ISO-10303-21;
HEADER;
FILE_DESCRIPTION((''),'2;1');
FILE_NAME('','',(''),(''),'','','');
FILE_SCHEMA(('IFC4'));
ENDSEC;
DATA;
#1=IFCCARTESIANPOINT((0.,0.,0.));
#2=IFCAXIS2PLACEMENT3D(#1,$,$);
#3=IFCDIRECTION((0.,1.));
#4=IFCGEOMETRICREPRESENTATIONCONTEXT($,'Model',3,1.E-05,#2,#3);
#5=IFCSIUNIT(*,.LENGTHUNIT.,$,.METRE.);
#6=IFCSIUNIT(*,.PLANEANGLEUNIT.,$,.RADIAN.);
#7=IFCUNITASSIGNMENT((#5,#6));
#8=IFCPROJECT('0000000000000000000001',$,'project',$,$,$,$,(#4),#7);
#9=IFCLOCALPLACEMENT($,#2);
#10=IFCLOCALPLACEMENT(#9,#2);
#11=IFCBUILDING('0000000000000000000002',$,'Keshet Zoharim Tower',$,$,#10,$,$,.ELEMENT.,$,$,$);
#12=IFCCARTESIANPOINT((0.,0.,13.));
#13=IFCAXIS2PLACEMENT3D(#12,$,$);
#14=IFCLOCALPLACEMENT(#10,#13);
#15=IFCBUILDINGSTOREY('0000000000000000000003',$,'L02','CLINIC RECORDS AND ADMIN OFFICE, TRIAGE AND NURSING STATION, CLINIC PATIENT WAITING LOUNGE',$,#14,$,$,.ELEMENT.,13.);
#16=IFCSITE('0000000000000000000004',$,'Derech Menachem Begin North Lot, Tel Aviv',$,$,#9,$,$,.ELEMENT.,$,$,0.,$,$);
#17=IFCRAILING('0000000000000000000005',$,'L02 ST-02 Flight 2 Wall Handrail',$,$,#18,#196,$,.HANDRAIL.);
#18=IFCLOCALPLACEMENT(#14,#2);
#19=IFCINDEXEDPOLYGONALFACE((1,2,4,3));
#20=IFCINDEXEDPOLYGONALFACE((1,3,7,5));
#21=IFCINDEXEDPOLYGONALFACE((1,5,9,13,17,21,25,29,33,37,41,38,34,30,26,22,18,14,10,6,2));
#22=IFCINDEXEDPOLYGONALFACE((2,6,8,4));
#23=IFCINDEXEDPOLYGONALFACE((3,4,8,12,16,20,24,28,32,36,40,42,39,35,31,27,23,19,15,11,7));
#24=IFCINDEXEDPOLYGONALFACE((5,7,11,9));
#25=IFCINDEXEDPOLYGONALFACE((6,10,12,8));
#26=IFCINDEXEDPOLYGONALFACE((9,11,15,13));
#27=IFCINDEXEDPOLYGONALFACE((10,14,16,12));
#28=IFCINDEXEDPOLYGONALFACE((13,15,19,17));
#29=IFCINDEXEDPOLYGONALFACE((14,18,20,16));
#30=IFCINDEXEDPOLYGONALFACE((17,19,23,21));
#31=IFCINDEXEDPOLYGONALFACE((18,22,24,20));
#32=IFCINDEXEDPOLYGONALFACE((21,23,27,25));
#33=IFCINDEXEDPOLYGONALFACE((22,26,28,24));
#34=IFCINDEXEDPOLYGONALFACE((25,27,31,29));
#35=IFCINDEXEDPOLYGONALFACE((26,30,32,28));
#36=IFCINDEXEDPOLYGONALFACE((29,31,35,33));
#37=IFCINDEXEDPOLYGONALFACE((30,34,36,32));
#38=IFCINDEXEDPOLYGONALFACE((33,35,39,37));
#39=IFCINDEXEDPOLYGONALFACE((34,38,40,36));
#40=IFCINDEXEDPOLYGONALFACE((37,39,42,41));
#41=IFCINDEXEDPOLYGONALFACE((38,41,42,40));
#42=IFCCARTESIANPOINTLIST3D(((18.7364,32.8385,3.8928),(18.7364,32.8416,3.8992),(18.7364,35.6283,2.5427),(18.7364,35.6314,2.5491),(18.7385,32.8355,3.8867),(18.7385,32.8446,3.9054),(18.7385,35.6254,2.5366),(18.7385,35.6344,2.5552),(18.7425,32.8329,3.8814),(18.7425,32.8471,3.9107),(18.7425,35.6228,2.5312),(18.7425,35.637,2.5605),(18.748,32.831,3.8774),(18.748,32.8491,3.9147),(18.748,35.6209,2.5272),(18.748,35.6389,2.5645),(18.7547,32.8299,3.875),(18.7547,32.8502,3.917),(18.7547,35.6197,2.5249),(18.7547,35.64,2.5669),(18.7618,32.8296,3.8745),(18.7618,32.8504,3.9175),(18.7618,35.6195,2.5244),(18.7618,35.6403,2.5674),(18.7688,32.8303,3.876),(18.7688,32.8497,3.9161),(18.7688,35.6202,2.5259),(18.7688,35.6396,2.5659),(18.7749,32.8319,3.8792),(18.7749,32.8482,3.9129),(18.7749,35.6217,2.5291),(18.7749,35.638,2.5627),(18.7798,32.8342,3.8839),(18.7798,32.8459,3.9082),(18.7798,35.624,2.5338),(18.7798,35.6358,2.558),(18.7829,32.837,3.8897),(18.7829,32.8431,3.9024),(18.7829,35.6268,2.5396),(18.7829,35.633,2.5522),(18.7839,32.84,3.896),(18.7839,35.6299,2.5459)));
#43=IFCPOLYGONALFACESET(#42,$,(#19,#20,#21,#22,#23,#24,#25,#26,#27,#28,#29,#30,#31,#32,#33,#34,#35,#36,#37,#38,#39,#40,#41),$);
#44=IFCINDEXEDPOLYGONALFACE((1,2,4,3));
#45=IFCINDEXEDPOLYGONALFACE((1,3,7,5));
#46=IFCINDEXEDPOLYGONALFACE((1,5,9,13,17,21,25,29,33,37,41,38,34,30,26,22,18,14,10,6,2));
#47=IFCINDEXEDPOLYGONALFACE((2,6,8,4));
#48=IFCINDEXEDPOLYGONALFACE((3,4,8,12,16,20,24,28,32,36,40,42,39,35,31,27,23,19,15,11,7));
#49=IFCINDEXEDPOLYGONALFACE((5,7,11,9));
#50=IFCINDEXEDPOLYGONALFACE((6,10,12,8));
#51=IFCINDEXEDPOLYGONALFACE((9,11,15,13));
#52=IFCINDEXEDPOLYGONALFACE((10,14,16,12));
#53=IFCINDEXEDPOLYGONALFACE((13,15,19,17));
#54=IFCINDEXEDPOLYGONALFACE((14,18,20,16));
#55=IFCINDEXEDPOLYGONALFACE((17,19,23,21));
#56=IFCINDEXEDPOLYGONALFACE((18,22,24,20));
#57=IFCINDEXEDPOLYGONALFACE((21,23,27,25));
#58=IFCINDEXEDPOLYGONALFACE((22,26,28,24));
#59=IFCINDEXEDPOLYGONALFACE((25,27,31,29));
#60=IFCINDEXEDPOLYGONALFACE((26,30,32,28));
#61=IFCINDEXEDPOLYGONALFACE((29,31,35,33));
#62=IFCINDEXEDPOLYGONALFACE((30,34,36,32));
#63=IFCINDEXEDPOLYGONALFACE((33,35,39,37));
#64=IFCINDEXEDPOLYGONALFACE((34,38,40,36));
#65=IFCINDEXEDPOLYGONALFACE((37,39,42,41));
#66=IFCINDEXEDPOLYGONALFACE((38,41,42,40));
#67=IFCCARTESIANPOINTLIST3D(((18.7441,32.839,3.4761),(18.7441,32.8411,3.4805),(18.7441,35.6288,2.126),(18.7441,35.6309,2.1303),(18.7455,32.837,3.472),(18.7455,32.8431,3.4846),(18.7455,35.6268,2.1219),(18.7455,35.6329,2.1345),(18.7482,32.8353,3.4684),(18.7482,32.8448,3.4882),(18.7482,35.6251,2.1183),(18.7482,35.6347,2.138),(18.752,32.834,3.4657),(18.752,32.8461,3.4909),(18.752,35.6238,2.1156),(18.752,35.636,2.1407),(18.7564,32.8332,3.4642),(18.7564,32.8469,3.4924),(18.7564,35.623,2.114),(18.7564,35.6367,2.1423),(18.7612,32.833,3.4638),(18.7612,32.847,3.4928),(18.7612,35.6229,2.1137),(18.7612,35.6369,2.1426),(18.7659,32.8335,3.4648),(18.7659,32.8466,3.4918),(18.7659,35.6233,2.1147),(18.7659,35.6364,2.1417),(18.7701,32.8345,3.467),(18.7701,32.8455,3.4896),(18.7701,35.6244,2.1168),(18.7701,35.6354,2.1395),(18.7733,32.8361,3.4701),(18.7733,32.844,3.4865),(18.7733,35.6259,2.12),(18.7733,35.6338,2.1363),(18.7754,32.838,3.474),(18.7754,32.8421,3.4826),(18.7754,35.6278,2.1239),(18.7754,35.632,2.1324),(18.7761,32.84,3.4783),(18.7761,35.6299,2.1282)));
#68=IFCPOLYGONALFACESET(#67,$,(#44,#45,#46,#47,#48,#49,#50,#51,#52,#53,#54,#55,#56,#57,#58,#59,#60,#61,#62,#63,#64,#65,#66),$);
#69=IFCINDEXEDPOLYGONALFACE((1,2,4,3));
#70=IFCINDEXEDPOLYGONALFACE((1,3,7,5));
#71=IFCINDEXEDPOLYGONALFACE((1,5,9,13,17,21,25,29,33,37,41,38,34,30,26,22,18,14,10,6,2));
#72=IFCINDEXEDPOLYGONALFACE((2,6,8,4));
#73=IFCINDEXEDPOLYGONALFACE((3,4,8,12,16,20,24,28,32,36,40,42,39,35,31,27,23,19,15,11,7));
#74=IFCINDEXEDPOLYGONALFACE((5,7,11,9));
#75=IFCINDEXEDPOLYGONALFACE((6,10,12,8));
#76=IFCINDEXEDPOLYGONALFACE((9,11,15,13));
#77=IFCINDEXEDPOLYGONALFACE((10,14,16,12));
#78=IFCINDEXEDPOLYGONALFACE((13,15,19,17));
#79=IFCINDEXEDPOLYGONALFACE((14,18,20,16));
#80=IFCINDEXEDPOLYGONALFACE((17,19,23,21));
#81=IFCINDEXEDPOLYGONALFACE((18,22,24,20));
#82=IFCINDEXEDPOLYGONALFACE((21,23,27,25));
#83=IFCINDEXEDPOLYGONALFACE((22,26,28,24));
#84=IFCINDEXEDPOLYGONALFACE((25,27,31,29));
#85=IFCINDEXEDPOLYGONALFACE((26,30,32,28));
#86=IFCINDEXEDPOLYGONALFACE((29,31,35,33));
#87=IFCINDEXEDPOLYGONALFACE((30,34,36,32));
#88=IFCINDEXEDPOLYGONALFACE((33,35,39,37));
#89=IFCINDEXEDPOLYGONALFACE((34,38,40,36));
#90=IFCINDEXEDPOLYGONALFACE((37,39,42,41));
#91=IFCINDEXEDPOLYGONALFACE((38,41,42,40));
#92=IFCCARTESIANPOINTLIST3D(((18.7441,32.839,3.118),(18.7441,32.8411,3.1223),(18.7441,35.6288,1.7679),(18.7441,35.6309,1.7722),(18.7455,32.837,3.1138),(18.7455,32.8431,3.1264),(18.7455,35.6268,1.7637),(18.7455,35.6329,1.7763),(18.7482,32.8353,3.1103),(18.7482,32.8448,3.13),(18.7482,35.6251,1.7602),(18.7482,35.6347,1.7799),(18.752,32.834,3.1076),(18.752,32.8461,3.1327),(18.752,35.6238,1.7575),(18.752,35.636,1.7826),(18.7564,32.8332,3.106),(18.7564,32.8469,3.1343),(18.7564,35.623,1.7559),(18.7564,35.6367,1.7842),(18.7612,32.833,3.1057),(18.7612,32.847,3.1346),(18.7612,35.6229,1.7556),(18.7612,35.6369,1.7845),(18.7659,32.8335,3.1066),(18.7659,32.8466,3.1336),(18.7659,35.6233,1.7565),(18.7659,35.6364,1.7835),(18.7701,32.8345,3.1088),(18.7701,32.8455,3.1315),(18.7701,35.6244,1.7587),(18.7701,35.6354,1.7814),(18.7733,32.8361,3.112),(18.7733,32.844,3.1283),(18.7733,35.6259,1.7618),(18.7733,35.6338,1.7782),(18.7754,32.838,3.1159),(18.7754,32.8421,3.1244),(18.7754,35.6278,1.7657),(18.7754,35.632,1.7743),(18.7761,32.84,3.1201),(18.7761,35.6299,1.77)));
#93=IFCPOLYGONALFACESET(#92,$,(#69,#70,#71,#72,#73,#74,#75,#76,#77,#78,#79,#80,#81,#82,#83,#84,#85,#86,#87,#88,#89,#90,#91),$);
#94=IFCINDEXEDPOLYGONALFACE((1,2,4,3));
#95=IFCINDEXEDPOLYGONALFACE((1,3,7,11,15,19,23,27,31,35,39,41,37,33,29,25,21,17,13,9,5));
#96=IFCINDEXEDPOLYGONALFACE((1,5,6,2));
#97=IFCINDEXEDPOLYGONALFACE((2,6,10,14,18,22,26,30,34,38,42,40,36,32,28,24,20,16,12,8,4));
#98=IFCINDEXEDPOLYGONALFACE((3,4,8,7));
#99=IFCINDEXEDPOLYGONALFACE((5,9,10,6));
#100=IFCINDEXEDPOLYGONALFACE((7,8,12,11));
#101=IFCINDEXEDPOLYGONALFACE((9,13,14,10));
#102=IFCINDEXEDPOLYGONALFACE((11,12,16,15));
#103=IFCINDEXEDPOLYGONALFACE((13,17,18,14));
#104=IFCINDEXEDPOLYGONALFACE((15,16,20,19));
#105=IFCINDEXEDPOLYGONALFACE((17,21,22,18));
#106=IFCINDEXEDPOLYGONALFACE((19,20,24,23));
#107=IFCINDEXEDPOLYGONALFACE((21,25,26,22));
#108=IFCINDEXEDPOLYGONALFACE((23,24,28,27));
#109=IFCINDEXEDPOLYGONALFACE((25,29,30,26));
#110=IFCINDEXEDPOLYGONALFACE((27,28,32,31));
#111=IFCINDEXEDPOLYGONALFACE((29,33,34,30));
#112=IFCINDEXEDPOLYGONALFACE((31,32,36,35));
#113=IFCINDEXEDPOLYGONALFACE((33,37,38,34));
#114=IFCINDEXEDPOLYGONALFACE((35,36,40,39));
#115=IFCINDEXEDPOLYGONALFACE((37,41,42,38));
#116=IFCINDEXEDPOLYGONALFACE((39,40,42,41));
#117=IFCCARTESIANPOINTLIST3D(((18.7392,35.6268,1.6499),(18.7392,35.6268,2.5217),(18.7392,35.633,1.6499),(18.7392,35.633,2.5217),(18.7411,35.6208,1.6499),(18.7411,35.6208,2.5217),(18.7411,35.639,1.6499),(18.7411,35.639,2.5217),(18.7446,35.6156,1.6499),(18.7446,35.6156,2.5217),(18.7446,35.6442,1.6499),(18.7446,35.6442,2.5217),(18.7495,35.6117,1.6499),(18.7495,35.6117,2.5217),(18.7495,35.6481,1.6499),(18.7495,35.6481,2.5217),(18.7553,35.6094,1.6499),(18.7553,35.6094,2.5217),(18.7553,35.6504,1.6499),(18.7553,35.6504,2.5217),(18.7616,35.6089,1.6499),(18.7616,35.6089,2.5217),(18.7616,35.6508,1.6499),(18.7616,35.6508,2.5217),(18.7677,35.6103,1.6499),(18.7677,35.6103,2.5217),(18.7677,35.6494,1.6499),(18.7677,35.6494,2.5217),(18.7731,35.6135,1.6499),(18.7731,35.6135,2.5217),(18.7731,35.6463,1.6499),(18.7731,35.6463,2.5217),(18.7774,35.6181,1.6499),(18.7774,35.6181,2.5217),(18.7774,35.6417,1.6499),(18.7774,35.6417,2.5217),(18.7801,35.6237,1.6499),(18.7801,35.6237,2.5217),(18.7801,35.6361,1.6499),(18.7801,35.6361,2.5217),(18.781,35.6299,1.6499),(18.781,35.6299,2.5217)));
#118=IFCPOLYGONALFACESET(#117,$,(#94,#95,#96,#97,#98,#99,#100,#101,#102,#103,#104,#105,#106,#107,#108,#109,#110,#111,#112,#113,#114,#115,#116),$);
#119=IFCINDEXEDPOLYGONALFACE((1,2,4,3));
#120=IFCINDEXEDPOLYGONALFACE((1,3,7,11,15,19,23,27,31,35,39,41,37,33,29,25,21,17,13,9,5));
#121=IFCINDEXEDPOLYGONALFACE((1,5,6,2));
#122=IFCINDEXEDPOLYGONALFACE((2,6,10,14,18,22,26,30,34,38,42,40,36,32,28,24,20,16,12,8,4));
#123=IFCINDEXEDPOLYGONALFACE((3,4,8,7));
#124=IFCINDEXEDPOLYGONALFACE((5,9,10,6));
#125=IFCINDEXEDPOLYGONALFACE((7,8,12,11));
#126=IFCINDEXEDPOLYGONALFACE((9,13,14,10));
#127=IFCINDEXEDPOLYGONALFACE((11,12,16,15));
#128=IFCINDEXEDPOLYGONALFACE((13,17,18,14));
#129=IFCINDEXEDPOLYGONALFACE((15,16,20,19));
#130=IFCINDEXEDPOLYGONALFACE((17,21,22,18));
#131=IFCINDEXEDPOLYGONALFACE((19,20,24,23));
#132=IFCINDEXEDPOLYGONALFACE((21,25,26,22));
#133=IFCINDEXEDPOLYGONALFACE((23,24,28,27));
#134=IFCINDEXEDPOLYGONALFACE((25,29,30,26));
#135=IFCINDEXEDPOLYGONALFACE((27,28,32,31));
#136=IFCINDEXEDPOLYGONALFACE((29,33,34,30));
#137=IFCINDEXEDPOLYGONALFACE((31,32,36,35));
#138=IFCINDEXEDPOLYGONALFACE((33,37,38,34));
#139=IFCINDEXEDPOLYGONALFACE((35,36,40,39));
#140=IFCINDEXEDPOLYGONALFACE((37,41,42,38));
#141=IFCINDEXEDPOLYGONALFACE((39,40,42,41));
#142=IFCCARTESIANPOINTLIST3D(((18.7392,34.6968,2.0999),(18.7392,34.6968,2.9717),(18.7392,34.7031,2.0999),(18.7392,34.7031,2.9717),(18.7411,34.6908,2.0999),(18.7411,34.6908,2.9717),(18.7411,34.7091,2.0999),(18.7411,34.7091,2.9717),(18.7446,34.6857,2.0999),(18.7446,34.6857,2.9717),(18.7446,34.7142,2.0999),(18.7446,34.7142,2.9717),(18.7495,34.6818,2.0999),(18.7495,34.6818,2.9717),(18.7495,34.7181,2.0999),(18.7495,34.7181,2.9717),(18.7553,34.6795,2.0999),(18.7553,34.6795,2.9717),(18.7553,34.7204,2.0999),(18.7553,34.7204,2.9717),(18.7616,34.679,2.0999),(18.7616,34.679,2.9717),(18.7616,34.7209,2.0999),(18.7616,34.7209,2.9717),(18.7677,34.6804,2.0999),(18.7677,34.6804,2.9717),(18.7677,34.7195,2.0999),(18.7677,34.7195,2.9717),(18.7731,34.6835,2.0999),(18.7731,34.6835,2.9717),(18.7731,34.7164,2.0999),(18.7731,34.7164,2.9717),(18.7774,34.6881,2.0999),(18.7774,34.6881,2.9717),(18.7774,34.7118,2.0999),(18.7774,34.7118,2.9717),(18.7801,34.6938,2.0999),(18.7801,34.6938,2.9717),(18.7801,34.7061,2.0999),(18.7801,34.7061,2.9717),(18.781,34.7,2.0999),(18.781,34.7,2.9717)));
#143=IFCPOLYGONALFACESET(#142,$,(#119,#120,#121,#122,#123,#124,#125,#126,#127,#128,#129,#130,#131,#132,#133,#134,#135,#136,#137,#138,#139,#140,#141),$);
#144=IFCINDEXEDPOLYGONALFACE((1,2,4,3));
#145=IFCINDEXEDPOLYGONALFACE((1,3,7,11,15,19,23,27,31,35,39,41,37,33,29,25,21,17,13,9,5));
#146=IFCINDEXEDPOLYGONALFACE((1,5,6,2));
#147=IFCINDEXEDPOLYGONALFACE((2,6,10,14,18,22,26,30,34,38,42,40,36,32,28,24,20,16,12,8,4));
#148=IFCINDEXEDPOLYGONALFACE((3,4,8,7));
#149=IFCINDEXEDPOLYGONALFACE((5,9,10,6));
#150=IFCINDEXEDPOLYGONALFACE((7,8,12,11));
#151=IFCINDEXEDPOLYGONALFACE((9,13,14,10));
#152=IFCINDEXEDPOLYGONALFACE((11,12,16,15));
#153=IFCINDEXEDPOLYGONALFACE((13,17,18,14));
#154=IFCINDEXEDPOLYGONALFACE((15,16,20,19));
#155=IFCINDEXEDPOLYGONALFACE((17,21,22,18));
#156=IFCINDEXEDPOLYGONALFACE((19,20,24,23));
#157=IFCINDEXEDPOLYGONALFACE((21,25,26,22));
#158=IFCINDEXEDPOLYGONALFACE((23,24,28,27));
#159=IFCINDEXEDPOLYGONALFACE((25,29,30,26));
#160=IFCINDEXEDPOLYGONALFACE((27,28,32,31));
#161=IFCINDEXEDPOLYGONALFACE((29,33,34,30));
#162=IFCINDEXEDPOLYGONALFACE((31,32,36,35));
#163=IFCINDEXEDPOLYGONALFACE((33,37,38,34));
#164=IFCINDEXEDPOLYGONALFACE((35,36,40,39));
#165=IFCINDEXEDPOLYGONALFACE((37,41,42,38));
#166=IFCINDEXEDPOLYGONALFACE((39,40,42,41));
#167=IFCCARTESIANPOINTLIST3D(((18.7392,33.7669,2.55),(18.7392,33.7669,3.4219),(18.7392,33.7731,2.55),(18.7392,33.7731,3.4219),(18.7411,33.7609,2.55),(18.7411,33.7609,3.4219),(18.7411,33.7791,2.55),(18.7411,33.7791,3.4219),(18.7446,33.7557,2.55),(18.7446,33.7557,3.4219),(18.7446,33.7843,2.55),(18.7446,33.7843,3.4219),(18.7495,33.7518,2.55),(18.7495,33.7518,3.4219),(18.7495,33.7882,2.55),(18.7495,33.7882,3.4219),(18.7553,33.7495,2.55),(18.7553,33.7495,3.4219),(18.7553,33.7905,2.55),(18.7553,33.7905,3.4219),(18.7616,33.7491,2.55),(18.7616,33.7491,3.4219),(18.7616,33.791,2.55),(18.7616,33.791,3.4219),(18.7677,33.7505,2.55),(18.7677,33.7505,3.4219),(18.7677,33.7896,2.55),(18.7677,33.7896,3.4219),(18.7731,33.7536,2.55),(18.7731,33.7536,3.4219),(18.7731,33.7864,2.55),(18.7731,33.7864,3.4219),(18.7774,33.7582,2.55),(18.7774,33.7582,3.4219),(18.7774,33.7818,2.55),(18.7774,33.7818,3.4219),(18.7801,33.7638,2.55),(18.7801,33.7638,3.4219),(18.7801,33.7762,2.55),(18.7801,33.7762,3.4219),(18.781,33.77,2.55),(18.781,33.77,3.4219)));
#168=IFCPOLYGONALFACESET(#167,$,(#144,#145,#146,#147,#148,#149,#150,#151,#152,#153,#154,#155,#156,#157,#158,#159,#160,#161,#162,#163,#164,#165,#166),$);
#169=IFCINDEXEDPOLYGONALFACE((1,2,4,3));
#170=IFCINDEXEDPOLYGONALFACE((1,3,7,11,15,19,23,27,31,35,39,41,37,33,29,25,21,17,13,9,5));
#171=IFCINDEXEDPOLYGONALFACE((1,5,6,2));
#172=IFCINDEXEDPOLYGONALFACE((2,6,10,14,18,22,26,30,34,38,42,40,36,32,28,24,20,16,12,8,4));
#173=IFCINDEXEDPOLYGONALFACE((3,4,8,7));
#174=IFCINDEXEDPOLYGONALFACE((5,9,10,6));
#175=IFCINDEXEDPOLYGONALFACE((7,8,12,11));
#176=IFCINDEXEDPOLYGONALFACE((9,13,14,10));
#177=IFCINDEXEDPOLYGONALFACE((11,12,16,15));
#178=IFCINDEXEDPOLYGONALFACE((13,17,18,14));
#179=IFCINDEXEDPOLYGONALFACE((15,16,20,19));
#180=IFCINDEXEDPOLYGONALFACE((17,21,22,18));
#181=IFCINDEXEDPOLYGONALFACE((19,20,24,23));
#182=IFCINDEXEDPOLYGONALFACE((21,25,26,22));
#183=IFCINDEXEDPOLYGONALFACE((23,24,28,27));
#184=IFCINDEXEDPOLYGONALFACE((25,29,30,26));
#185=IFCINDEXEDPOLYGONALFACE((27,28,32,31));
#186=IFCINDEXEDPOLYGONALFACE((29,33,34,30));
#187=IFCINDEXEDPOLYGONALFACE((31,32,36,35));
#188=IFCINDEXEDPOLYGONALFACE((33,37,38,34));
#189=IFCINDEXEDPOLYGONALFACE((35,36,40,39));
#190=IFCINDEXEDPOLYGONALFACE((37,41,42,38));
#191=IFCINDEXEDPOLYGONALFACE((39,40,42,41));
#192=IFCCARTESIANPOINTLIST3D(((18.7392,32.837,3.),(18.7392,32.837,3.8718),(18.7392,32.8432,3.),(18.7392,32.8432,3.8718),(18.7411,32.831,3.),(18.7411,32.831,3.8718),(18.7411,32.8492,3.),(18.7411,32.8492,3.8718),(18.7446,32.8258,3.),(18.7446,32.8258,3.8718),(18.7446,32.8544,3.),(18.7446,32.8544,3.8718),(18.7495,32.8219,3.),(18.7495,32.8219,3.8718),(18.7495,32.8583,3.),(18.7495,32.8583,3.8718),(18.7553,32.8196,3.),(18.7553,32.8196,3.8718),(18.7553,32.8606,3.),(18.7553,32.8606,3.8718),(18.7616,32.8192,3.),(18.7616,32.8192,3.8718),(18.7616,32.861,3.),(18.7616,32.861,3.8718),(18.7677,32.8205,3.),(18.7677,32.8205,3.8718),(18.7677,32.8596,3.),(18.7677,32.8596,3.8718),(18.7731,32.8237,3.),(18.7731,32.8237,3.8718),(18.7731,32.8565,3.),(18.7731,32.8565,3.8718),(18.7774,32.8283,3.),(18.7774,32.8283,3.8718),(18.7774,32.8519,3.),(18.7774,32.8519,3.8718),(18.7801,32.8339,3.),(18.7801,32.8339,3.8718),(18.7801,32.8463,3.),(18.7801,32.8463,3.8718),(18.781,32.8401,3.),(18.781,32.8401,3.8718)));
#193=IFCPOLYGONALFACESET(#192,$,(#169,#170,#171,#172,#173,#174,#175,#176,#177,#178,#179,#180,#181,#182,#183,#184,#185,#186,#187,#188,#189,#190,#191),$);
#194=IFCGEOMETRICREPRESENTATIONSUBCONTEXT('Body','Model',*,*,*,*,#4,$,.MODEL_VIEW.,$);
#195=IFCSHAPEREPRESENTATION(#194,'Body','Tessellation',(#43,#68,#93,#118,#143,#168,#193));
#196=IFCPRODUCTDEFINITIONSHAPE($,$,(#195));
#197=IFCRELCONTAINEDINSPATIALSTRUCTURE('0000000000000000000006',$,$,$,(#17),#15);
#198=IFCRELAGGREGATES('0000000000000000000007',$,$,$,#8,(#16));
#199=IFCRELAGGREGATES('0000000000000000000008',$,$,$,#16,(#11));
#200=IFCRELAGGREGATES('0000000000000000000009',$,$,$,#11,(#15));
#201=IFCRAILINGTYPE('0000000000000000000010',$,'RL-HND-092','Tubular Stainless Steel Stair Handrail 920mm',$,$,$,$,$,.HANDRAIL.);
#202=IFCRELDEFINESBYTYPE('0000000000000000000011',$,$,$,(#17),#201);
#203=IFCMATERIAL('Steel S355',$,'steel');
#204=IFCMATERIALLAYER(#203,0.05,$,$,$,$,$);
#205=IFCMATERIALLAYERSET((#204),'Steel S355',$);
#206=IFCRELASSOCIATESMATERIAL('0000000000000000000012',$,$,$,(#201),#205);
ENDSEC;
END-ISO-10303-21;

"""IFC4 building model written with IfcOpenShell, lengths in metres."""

from ifc_helpers import new_model, si_unit, direction, frame, origin, origin_2d, place, context, subcontext, project, spatial, circle, extrude, material, layer, layer_set, type_object, element, save


model = new_model("IFC4")

# Units and contexts
model_context = context("Model", 3, precision=1e-05, world=origin(), true_north=direction((0.0, 1.0)))
body_context = subcontext(model_context, "Body", "Model", "MODEL_VIEW")
ifc_project = project(units=[si_unit("LENGTHUNIT", "METRE"), si_unit("PLANEANGLEUNIT", "RADIAN")], contexts=[model_context])

# Site, building, storey
site_placement = place(None, origin())
site = spatial("IfcSite", under=ifc_project, at=site_placement, Name="Derech Menachem Begin North Lot, Tel Aviv", CompositionType="ELEMENT", RefElevation=0.0)
building_placement = place(site_placement, origin())
building = spatial("IfcBuilding", under=site, at=building_placement, Name="Keshet Zoharim Tower", CompositionType="ELEMENT")
storey_placement = place(building_placement, frame((0.0, 0.0, 13.0)))
storey = spatial("IfcBuildingStorey", under=building, at=storey_placement, Name="L02", Description="CLINIC RECORDS AND ADMIN OFFICE, TRIAGE AND NURSING STATION, CLINIC PATIENT WAITING LOUNGE", CompositionType="ELEMENT", Elevation=13.0)

# Shared definitions
ifc_material_1 = material(Name="Steel S355", Category="steel")

# Railing
ifc_layer_1 = layer(ifc_material_1, 0.05)
ifc_layer_set_1 = layer_set([ifc_layer_1], Name="Steel S355")
railing_type = type_object("IfcRailingType", Name="RL-HND-092", Description="Tubular Stainless Steel Stair Handrail 920mm", PredefinedType="HANDRAIL", material=ifc_layer_set_1)
for number, where, name in (
    (1, (18.76, 35.6299, 1.6499), "L02 ST-02 Flight 2 Wall Handrail"),
):
    element("IfcRailing", number, at=place(storey_placement, frame(where)), inside=storey, type_object=railing_type, Name=name, PredefinedType="HANDRAIL", context=body_context, shape_type="SweptSolid", body=[
        extrude(circle(Radius=0.0239, at=origin_2d()), frame((0.0, 0.0, 0.896), z_axis=(0.0, -0.900134, 0.435612), x_axis=(1.0, 0.0, 0.0)), (0.0, 0.0, 1.0), 3.0994),
        extrude(circle(Radius=0.0161, at=origin_2d()), frame((0.0, 0.0, 0.4783), z_axis=(0.0, -0.900134, 0.435612), x_axis=(1.0, 0.0, 0.0)), (0.0, 0.0, 1.0), 3.0994),
        extrude(circle(Radius=0.0161, at=origin_2d()), frame((0.0, 0.0, 0.1201), z_axis=(0.0, -0.900134, 0.435612), x_axis=(1.0, 0.0, 0.0)), (0.0, 0.0, 1.0), 3.0994),
        extrude(circle(Radius=0.021, at=origin_2d()), origin(), (0.0, 0.0, 1.0), 0.8718),
        extrude(circle(Radius=0.021, at=origin_2d()), frame((0.0, -0.9299, 0.45)), (0.0, 0.0, 1.0), 0.8718),
        extrude(circle(Radius=0.021, at=origin_2d()), frame((0.0, -1.8599, 0.9001)), (0.0, 0.0, 1.0), 0.8718),
        extrude(circle(Radius=0.021, at=origin_2d()), frame((0.0, -2.7898, 1.3501)), (0.0, 0.0, 1.0), 0.8718),
    ])

save(model, "model.ifc")
